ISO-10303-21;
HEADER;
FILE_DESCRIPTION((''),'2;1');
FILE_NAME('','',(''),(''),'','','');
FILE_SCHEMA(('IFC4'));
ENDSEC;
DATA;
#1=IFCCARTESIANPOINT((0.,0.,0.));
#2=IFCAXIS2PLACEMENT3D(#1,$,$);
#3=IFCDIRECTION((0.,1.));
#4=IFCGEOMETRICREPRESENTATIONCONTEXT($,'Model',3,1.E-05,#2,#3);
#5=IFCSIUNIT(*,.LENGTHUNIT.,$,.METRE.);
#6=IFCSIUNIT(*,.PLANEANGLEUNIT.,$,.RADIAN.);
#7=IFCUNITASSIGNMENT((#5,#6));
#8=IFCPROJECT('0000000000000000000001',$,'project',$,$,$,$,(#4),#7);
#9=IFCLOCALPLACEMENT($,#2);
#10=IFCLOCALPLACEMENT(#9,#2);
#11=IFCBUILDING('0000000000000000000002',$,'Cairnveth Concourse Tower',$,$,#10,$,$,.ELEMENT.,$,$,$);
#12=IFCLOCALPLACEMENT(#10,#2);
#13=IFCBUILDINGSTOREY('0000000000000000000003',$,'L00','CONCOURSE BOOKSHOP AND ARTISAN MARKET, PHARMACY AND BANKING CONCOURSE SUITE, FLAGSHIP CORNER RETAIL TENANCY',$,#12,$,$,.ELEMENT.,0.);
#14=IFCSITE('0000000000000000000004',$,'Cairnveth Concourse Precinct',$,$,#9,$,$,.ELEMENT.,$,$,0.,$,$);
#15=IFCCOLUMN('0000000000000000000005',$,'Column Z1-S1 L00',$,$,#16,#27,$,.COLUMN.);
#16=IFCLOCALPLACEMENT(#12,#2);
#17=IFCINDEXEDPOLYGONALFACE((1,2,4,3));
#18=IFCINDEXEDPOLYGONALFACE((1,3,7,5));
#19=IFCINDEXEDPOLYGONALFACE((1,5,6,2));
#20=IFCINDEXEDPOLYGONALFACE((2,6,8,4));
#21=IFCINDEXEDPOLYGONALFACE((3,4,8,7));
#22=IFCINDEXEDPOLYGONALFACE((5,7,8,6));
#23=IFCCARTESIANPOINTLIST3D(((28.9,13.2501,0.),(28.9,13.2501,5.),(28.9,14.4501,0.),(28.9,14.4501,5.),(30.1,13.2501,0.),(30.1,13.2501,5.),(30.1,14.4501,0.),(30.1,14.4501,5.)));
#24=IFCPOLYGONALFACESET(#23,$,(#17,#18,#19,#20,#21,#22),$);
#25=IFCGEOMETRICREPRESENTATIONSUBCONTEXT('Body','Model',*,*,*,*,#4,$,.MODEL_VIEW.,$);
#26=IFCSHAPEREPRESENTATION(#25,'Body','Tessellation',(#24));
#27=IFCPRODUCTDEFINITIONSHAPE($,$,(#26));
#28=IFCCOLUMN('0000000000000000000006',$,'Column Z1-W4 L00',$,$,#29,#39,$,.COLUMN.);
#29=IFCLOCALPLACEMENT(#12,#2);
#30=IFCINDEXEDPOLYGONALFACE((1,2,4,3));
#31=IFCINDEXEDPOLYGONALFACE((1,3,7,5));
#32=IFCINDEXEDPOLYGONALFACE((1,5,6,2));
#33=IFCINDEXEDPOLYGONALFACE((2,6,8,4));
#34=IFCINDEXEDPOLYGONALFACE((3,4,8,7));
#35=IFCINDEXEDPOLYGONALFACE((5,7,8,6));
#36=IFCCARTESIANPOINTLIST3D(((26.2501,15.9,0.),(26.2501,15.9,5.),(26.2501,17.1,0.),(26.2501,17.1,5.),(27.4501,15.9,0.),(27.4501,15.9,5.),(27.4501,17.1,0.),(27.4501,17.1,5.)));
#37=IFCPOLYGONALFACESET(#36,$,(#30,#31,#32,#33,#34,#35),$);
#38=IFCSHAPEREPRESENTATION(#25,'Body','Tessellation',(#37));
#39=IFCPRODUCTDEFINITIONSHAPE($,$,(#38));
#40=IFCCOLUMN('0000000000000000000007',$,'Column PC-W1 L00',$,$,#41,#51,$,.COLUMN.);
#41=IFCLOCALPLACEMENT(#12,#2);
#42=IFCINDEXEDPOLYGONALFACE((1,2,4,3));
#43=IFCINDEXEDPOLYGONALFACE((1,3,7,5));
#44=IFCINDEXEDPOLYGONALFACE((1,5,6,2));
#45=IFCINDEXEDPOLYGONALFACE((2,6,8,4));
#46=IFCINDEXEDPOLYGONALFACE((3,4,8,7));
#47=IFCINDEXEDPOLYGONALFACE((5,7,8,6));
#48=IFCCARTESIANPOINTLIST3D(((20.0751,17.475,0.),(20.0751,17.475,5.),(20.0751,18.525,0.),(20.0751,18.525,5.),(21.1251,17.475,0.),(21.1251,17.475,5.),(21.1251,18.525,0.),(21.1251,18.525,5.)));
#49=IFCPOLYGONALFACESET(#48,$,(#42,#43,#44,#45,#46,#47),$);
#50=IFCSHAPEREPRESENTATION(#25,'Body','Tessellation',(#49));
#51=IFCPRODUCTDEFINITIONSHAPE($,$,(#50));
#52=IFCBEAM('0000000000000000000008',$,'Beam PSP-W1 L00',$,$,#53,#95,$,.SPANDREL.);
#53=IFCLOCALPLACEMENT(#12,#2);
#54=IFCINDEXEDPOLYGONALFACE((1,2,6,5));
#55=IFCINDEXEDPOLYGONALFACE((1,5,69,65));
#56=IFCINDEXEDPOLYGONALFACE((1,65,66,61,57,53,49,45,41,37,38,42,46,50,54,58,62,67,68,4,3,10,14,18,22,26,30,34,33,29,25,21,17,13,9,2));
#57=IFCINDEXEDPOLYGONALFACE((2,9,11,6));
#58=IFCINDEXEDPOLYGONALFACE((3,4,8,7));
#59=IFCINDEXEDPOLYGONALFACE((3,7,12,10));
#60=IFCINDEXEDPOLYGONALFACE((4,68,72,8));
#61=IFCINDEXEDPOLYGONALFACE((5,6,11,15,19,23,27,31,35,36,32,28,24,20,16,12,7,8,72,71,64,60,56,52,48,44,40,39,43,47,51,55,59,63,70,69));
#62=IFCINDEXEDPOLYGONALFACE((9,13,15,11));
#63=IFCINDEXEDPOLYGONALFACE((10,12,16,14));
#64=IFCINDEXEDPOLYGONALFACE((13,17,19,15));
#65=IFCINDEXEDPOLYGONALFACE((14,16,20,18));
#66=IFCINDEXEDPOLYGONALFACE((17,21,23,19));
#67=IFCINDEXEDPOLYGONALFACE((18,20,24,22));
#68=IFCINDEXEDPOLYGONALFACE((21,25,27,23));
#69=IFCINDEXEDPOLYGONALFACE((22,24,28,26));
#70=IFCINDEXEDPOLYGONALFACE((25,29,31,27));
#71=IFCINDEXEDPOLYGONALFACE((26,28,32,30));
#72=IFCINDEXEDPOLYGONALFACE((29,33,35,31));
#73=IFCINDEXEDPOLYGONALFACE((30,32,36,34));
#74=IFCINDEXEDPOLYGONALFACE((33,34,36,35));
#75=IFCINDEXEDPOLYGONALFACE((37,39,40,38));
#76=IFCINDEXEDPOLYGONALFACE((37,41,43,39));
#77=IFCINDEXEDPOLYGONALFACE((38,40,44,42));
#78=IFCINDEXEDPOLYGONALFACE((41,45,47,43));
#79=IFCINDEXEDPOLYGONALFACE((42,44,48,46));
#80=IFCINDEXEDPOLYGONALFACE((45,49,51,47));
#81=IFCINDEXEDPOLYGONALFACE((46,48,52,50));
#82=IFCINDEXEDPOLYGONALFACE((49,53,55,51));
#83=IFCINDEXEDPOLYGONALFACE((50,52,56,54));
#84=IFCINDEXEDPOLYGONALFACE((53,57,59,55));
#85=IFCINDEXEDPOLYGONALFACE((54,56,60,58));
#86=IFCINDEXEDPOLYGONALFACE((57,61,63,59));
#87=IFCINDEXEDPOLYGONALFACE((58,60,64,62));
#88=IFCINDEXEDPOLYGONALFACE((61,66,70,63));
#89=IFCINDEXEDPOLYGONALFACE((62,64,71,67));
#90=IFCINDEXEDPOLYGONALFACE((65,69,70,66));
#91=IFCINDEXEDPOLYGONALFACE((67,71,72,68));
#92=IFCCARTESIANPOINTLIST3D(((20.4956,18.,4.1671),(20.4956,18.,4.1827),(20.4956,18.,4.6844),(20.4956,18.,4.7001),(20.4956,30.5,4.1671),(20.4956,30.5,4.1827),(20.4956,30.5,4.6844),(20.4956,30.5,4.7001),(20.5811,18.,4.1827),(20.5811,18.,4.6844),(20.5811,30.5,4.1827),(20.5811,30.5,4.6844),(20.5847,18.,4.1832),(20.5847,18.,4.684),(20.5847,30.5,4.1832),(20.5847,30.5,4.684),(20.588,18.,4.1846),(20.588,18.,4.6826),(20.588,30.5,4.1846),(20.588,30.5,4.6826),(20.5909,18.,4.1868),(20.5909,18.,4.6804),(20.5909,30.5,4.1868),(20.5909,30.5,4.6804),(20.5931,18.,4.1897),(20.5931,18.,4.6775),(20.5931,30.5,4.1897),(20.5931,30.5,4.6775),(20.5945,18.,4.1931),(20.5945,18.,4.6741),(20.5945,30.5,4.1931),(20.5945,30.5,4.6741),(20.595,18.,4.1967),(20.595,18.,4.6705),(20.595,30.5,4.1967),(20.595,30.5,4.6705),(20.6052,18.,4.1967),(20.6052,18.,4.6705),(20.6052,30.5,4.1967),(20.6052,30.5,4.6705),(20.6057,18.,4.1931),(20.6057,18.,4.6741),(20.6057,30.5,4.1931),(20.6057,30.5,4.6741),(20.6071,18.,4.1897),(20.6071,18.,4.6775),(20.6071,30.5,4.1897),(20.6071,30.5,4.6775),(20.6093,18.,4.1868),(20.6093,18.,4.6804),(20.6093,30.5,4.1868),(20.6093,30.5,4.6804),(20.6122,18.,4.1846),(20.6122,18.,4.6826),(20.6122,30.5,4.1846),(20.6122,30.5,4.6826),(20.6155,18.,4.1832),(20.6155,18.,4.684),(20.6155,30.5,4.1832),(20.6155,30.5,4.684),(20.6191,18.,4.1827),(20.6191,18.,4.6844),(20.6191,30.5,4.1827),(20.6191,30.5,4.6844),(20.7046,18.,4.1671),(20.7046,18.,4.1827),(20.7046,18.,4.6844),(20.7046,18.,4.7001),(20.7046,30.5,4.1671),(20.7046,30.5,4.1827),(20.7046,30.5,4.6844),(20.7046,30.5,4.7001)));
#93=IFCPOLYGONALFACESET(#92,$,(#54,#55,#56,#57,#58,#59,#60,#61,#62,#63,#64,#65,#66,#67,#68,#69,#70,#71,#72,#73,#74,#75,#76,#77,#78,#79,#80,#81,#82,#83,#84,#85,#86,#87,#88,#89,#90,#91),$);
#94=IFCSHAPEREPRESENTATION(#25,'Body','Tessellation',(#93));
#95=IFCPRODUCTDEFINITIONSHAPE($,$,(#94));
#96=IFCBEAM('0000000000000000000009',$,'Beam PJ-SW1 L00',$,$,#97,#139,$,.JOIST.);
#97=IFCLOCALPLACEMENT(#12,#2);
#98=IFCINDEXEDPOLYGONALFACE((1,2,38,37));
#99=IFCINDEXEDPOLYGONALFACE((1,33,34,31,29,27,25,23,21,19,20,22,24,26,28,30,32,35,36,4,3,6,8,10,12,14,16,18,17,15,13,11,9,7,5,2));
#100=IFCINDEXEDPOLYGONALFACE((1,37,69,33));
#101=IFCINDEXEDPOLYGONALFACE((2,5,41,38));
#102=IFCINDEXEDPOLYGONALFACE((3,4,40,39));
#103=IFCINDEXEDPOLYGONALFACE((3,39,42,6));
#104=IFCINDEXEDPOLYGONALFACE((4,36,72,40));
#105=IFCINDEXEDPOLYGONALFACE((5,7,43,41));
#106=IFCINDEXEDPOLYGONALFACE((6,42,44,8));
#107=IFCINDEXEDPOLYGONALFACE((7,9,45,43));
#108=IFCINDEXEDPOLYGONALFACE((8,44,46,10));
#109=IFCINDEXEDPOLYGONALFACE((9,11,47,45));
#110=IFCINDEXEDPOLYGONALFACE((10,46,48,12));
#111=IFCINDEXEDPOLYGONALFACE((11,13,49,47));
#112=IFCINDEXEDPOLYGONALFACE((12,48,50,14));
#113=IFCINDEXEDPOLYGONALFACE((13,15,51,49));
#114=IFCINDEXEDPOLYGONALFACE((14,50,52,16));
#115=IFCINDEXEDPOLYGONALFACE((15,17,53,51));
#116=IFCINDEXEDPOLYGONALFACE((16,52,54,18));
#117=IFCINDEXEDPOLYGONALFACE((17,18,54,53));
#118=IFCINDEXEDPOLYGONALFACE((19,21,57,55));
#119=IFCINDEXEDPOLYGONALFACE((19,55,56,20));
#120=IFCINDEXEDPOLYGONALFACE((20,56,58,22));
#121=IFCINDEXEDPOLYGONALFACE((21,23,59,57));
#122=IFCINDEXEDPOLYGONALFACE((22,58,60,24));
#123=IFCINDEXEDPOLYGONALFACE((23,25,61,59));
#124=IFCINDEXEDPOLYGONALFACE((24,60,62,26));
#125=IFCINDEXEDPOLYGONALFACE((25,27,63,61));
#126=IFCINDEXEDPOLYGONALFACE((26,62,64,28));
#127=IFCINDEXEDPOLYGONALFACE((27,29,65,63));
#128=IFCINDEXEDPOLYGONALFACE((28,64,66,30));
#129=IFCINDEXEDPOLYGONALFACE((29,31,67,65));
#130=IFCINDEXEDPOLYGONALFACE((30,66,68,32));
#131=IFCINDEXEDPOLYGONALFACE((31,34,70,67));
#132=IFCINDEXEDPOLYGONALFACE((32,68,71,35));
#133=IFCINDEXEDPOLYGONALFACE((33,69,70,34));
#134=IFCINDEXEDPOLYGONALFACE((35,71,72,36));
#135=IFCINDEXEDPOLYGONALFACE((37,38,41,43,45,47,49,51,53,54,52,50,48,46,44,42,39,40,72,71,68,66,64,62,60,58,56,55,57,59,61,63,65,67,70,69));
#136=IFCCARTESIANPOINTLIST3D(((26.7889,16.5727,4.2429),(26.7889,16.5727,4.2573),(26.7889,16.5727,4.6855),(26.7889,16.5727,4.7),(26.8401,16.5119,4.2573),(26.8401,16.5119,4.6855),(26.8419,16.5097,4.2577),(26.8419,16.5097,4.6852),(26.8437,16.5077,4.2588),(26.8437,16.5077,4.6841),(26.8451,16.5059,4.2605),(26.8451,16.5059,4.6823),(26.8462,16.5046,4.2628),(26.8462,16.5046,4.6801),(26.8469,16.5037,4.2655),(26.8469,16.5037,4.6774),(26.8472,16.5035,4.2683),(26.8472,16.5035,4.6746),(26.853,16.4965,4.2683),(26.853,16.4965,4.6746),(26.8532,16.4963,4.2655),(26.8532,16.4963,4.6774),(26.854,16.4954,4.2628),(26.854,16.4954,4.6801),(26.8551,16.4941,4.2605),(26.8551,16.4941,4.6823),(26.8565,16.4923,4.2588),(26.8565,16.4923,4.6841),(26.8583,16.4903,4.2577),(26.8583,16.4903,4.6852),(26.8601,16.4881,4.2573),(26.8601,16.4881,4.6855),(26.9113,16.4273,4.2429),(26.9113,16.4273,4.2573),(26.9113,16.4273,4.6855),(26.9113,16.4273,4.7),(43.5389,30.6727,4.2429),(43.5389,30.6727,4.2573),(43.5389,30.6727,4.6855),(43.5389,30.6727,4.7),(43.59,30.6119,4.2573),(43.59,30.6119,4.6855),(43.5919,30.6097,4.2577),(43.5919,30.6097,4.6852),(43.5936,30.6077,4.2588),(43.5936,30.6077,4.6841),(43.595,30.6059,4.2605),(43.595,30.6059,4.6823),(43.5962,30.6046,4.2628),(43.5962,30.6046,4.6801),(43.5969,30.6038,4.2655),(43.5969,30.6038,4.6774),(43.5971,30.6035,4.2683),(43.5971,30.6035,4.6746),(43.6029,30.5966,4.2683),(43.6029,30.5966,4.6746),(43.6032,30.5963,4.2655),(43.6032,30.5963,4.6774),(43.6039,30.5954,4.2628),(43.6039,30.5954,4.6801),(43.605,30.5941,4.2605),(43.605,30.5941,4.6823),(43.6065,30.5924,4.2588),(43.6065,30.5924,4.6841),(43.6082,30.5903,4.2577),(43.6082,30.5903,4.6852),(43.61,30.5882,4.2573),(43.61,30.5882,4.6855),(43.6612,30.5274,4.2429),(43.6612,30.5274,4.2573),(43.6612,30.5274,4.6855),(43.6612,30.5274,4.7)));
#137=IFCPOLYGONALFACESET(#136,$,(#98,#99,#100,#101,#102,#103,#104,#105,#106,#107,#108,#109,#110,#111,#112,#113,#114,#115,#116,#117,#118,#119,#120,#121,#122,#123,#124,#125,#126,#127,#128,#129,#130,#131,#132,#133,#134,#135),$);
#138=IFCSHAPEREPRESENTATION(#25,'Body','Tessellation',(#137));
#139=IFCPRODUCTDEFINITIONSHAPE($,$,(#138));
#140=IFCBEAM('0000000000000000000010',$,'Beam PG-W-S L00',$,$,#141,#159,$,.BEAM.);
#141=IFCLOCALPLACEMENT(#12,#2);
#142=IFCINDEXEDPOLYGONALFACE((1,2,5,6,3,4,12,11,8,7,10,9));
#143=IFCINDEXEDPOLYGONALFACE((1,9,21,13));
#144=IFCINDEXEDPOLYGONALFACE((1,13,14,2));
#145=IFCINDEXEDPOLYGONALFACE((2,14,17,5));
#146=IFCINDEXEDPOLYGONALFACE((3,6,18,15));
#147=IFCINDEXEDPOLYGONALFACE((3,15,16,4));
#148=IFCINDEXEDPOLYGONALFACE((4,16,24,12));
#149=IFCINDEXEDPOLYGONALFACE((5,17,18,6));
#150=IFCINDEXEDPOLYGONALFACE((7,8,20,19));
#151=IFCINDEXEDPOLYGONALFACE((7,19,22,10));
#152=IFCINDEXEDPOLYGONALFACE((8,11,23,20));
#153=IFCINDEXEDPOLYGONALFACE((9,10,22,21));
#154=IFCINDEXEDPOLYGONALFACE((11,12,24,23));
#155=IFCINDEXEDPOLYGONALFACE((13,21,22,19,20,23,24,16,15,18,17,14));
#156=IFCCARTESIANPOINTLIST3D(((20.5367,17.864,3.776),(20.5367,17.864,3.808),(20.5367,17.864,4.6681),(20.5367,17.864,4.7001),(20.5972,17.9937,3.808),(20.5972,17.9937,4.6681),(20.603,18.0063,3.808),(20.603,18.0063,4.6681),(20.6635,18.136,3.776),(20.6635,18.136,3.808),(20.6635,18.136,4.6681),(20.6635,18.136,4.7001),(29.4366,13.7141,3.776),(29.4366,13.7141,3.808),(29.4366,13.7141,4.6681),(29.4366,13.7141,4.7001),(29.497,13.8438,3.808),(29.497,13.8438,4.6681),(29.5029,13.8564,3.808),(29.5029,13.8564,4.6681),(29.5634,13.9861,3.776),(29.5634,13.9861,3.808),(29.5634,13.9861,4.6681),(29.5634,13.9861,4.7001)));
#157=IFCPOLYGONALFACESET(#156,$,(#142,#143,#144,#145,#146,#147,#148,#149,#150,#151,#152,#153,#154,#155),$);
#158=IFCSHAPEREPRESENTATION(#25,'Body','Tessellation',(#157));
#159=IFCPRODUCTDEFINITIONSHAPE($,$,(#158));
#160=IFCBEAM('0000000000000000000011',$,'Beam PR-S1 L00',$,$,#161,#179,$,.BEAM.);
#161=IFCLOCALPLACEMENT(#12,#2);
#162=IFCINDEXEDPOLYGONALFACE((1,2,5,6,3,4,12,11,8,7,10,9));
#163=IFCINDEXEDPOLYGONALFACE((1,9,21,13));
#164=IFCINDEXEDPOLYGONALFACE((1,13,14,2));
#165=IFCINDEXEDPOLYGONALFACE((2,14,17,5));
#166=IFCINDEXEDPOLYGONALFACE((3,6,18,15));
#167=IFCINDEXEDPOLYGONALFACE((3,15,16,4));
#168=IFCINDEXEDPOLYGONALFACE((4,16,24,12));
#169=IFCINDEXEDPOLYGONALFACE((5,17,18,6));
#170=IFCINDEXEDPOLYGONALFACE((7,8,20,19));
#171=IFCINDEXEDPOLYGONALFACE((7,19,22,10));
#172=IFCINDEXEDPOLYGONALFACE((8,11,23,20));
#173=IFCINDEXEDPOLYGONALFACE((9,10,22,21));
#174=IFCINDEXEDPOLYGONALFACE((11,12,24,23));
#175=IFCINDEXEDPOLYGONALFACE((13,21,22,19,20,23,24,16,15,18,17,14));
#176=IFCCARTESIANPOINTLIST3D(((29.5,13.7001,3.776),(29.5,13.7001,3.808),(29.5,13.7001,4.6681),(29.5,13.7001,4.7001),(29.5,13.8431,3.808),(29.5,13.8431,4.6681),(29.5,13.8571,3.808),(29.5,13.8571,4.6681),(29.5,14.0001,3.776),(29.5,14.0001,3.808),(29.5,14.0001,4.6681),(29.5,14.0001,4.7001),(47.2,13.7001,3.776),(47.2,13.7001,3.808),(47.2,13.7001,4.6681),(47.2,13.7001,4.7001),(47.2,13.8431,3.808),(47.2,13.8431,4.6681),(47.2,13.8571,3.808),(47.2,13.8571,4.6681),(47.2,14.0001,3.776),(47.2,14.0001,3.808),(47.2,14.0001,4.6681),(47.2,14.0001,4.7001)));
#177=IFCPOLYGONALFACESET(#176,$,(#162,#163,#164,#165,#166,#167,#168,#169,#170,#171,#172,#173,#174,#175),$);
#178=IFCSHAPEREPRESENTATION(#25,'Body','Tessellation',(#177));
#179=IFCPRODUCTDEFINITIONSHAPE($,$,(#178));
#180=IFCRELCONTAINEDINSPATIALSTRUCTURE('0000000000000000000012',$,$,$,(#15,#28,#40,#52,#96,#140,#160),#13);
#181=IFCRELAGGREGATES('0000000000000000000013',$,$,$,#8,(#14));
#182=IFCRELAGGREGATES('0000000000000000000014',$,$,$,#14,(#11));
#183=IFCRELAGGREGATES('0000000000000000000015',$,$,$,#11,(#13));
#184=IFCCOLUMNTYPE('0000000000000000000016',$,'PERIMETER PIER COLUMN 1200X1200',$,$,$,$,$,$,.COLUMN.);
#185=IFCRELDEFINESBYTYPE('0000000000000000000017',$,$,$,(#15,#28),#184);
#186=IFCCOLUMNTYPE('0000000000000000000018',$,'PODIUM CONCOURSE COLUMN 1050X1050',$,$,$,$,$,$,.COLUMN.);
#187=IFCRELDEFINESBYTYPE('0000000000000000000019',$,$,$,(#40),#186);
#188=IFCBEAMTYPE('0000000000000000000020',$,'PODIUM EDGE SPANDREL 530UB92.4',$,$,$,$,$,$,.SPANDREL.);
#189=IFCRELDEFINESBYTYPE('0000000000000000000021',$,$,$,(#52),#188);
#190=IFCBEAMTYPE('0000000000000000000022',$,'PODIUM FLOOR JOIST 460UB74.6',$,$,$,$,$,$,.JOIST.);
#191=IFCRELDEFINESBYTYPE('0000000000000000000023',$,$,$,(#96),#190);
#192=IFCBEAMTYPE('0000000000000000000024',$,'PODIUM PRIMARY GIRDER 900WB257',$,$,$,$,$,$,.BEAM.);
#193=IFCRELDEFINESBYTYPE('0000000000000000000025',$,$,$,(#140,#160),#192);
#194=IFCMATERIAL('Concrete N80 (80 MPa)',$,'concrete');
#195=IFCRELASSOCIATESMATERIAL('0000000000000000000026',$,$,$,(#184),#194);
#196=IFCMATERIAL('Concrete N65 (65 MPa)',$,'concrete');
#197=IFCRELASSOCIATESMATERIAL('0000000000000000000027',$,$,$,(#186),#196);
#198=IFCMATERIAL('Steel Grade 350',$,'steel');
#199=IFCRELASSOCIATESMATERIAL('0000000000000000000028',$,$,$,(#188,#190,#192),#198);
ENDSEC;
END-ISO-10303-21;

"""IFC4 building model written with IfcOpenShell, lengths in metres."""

from ifc_helpers import new_model, si_unit, direction, frame, origin, origin_2d, place, context, subcontext, project, spatial, rectangle, i_section, extrude, material, material_profile, profile_set, type_object, element, save


model = new_model("IFC4")

# Units and contexts
model_context = context("Model", 3, precision=1e-05, world=origin(), true_north=direction((0.0, 1.0)))
body_context = subcontext(model_context, "Body", "Model", "MODEL_VIEW")
ifc_project = project(units=[si_unit("LENGTHUNIT", "METRE"), si_unit("PLANEANGLEUNIT", "RADIAN")], contexts=[model_context])

# Site, building, storey
site_placement = place(None, origin())
site = spatial("IfcSite", under=ifc_project, at=site_placement, Name="Cairnveth Concourse Precinct", CompositionType="ELEMENT", RefElevation=0.0)
building_placement = place(site_placement, origin())
building = spatial("IfcBuilding", under=site, at=building_placement, Name="Cairnveth Concourse Tower", CompositionType="ELEMENT")
storey_placement = place(building_placement, origin())
storey = spatial("IfcBuildingStorey", under=building, at=storey_placement, Name="L00", Description="CONCOURSE BOOKSHOP AND ARTISAN MARKET, PHARMACY AND BANKING CONCOURSE SUITE, FLAGSHIP CORNER RETAIL TENANCY", CompositionType="ELEMENT", Elevation=0.0)

# Columns
ifc_material_1 = material(Name="Concrete N80 (80 MPa)", Category="concrete")
ifc_material_profile_1 = material_profile(ifc_material_1, rectangle(XDim=1.2, YDim=1.2, at=origin_2d()), Name="RC-COL-1200x1200")
ifc_profile_set_1 = profile_set([ifc_material_profile_1], Name="Concrete N80 (80 MPa)")
column_type_1 = type_object("IfcColumnType", Name="PERIMETER PIER COLUMN 1200X1200", PredefinedType="COLUMN", material=ifc_profile_set_1)
for number, where, z_axis, x_axis, name in (
    (1, (29.5, 13.8501, 0.0), (0.0, 0.0, 1.0), (1.0, 0.0, 0.0), "Column Z1-S1 L00"),
    (2, (26.8501, 16.5, 0.0), (0.0, 0.0, 1.0), (1.0, 0.0, 0.0), "Column Z1-W4 L00"),
):
    element("IfcColumn", number, at=place(storey_placement, frame(where, z_axis=z_axis, x_axis=x_axis)), inside=storey, type_object=column_type_1, Name=name, PredefinedType="COLUMN", context=body_context, shape_type="SweptSolid", body=[
        extrude(rectangle(XDim=1.2, YDim=1.2, at=origin_2d()), origin(), (0.0, 0.0, 1.0), 5.0),
    ])
ifc_material_2 = material(Name="Concrete N65 (65 MPa)", Category="concrete")
ifc_material_profile_2 = material_profile(ifc_material_2, rectangle(XDim=1.05, YDim=1.05, at=origin_2d()), Name="RC-COL-1050x1050")
ifc_profile_set_2 = profile_set([ifc_material_profile_2], Name="Concrete N65 (65 MPa)")
column_type_2 = type_object("IfcColumnType", Name="PODIUM CONCOURSE COLUMN 1050X1050", PredefinedType="COLUMN", material=ifc_profile_set_2)
column_placement = place(storey_placement, frame((20.6001, 18.0, 0.0), z_axis=(0.0, 0.0, 1.0), x_axis=(1.0, 0.0, 0.0)))
element("IfcColumn", 3, at=column_placement, inside=storey, type_object=column_type_2, Name="Column PC-W1 L00", PredefinedType="COLUMN", context=body_context, shape_type="SweptSolid", body=[
    extrude(rectangle(XDim=1.05, YDim=1.05, at=origin_2d()), origin(), (0.0, 0.0, 1.0), 5.0),
])

# Beams
ifc_material_3 = material(Name="Steel Grade 350", Category="steel")
ifc_material_profile_3 = material_profile(ifc_material_3, i_section(OverallWidth=0.209, OverallDepth=0.533, WebThickness=0.0103, FlangeThickness=0.0156, FilletRadius=0.0139, at=origin_2d()), Name="530UB92.4")
ifc_profile_set_3 = profile_set([ifc_material_profile_3], Name="Steel Grade 350")
beam_type_1 = type_object("IfcBeamType", Name="PODIUM EDGE SPANDREL 530UB92.4", PredefinedType="SPANDREL", material=ifc_profile_set_3)
beam_1_placement = place(storey_placement, frame((20.6001, 18.0, 4.4336), z_axis=(0.0, 1.0, 0.0), x_axis=(-1.0, 0.0, 0.0)))
element("IfcBeam", 4, at=beam_1_placement, inside=storey, type_object=beam_type_1, Name="Beam PSP-W1 L00", PredefinedType="SPANDREL", context=body_context, shape_type="SweptSolid", body=[
    extrude(i_section(OverallWidth=0.209, OverallDepth=0.533, WebThickness=0.0103, FlangeThickness=0.0156, FilletRadius=0.0139, at=origin_2d()), origin(), (0.0, 0.0, 1.0), 12.5),
])
ifc_material_profile_4 = material_profile(ifc_material_3, i_section(OverallWidth=0.1899, OverallDepth=0.457, WebThickness=0.009, FlangeThickness=0.0144, FilletRadius=0.011, at=origin_2d()), Name="460UB74.6")
ifc_profile_set_4 = profile_set([ifc_material_profile_4], Name="Steel Grade 350")
beam_type_2 = type_object("IfcBeamType", Name="PODIUM FLOOR JOIST 460UB74.6", PredefinedType="JOIST", material=ifc_profile_set_4)
beam_2_placement = place(storey_placement, frame((26.8501, 16.5, 4.4714), z_axis=(0.765027, 0.643998, 0.0), x_axis=(-0.643998, 0.765027, 0.0)))
element("IfcBeam", 5, at=beam_2_placement, inside=storey, type_object=beam_type_2, Name="Beam PJ-SW1 L00", PredefinedType="JOIST", context=body_context, shape_type="SweptSolid", body=[
    extrude(i_section(OverallWidth=0.1899, OverallDepth=0.457, WebThickness=0.009, FlangeThickness=0.0144, FilletRadius=0.011, at=origin_2d()), origin(), (0.0, 0.0, 1.0), 21.8945),
])
ifc_material_profile_5 = material_profile(ifc_material_3, i_section(OverallWidth=0.3, OverallDepth=0.9241, WebThickness=0.0139, FlangeThickness=0.032, at=origin_2d()), Name="900WB257")
ifc_profile_set_5 = profile_set([ifc_material_profile_5], Name="Steel Grade 350")
beam_type_3 = type_object("IfcBeamType", Name="PODIUM PRIMARY GIRDER 900WB257", PredefinedType="BEAM", material=ifc_profile_set_5)
beam_3_placement = place(storey_placement, frame((20.6001, 18.0, 4.238), z_axis=(0.906315, -0.422602, 0.0), x_axis=(0.422602, 0.906315, 0.0)))
element("IfcBeam", 6, at=beam_3_placement, inside=storey, type_object=beam_type_3, Name="Beam PG-W-S L00", PredefinedType="BEAM", context=body_context, shape_type="SweptSolid", body=[
    extrude(i_section(OverallWidth=0.3, OverallDepth=0.9241, WebThickness=0.0139, FlangeThickness=0.032, at=origin_2d()), origin(), (0.0, 0.0, 1.0), 9.8198),
])
for number, where, z_axis, x_axis, name in (
    (7, (29.5, 13.8501, 4.238), (1.0, 0.0, 0.0), (0.0, 1.0, 0.0), "Beam PR-S1 L00"),
):
    element("IfcBeam", number, at=place(storey_placement, frame(where, z_axis=z_axis, x_axis=x_axis)), inside=storey, type_object=beam_type_3, Name=name, PredefinedType="BEAM", context=body_context, shape_type="SweptSolid", body=[
        extrude(i_section(OverallWidth=0.3, OverallDepth=0.9241, WebThickness=0.0139, FlangeThickness=0.032, at=origin_2d()), origin(), (0.0, 0.0, 1.0), 17.7),
    ])

save(model, "model.ifc")
